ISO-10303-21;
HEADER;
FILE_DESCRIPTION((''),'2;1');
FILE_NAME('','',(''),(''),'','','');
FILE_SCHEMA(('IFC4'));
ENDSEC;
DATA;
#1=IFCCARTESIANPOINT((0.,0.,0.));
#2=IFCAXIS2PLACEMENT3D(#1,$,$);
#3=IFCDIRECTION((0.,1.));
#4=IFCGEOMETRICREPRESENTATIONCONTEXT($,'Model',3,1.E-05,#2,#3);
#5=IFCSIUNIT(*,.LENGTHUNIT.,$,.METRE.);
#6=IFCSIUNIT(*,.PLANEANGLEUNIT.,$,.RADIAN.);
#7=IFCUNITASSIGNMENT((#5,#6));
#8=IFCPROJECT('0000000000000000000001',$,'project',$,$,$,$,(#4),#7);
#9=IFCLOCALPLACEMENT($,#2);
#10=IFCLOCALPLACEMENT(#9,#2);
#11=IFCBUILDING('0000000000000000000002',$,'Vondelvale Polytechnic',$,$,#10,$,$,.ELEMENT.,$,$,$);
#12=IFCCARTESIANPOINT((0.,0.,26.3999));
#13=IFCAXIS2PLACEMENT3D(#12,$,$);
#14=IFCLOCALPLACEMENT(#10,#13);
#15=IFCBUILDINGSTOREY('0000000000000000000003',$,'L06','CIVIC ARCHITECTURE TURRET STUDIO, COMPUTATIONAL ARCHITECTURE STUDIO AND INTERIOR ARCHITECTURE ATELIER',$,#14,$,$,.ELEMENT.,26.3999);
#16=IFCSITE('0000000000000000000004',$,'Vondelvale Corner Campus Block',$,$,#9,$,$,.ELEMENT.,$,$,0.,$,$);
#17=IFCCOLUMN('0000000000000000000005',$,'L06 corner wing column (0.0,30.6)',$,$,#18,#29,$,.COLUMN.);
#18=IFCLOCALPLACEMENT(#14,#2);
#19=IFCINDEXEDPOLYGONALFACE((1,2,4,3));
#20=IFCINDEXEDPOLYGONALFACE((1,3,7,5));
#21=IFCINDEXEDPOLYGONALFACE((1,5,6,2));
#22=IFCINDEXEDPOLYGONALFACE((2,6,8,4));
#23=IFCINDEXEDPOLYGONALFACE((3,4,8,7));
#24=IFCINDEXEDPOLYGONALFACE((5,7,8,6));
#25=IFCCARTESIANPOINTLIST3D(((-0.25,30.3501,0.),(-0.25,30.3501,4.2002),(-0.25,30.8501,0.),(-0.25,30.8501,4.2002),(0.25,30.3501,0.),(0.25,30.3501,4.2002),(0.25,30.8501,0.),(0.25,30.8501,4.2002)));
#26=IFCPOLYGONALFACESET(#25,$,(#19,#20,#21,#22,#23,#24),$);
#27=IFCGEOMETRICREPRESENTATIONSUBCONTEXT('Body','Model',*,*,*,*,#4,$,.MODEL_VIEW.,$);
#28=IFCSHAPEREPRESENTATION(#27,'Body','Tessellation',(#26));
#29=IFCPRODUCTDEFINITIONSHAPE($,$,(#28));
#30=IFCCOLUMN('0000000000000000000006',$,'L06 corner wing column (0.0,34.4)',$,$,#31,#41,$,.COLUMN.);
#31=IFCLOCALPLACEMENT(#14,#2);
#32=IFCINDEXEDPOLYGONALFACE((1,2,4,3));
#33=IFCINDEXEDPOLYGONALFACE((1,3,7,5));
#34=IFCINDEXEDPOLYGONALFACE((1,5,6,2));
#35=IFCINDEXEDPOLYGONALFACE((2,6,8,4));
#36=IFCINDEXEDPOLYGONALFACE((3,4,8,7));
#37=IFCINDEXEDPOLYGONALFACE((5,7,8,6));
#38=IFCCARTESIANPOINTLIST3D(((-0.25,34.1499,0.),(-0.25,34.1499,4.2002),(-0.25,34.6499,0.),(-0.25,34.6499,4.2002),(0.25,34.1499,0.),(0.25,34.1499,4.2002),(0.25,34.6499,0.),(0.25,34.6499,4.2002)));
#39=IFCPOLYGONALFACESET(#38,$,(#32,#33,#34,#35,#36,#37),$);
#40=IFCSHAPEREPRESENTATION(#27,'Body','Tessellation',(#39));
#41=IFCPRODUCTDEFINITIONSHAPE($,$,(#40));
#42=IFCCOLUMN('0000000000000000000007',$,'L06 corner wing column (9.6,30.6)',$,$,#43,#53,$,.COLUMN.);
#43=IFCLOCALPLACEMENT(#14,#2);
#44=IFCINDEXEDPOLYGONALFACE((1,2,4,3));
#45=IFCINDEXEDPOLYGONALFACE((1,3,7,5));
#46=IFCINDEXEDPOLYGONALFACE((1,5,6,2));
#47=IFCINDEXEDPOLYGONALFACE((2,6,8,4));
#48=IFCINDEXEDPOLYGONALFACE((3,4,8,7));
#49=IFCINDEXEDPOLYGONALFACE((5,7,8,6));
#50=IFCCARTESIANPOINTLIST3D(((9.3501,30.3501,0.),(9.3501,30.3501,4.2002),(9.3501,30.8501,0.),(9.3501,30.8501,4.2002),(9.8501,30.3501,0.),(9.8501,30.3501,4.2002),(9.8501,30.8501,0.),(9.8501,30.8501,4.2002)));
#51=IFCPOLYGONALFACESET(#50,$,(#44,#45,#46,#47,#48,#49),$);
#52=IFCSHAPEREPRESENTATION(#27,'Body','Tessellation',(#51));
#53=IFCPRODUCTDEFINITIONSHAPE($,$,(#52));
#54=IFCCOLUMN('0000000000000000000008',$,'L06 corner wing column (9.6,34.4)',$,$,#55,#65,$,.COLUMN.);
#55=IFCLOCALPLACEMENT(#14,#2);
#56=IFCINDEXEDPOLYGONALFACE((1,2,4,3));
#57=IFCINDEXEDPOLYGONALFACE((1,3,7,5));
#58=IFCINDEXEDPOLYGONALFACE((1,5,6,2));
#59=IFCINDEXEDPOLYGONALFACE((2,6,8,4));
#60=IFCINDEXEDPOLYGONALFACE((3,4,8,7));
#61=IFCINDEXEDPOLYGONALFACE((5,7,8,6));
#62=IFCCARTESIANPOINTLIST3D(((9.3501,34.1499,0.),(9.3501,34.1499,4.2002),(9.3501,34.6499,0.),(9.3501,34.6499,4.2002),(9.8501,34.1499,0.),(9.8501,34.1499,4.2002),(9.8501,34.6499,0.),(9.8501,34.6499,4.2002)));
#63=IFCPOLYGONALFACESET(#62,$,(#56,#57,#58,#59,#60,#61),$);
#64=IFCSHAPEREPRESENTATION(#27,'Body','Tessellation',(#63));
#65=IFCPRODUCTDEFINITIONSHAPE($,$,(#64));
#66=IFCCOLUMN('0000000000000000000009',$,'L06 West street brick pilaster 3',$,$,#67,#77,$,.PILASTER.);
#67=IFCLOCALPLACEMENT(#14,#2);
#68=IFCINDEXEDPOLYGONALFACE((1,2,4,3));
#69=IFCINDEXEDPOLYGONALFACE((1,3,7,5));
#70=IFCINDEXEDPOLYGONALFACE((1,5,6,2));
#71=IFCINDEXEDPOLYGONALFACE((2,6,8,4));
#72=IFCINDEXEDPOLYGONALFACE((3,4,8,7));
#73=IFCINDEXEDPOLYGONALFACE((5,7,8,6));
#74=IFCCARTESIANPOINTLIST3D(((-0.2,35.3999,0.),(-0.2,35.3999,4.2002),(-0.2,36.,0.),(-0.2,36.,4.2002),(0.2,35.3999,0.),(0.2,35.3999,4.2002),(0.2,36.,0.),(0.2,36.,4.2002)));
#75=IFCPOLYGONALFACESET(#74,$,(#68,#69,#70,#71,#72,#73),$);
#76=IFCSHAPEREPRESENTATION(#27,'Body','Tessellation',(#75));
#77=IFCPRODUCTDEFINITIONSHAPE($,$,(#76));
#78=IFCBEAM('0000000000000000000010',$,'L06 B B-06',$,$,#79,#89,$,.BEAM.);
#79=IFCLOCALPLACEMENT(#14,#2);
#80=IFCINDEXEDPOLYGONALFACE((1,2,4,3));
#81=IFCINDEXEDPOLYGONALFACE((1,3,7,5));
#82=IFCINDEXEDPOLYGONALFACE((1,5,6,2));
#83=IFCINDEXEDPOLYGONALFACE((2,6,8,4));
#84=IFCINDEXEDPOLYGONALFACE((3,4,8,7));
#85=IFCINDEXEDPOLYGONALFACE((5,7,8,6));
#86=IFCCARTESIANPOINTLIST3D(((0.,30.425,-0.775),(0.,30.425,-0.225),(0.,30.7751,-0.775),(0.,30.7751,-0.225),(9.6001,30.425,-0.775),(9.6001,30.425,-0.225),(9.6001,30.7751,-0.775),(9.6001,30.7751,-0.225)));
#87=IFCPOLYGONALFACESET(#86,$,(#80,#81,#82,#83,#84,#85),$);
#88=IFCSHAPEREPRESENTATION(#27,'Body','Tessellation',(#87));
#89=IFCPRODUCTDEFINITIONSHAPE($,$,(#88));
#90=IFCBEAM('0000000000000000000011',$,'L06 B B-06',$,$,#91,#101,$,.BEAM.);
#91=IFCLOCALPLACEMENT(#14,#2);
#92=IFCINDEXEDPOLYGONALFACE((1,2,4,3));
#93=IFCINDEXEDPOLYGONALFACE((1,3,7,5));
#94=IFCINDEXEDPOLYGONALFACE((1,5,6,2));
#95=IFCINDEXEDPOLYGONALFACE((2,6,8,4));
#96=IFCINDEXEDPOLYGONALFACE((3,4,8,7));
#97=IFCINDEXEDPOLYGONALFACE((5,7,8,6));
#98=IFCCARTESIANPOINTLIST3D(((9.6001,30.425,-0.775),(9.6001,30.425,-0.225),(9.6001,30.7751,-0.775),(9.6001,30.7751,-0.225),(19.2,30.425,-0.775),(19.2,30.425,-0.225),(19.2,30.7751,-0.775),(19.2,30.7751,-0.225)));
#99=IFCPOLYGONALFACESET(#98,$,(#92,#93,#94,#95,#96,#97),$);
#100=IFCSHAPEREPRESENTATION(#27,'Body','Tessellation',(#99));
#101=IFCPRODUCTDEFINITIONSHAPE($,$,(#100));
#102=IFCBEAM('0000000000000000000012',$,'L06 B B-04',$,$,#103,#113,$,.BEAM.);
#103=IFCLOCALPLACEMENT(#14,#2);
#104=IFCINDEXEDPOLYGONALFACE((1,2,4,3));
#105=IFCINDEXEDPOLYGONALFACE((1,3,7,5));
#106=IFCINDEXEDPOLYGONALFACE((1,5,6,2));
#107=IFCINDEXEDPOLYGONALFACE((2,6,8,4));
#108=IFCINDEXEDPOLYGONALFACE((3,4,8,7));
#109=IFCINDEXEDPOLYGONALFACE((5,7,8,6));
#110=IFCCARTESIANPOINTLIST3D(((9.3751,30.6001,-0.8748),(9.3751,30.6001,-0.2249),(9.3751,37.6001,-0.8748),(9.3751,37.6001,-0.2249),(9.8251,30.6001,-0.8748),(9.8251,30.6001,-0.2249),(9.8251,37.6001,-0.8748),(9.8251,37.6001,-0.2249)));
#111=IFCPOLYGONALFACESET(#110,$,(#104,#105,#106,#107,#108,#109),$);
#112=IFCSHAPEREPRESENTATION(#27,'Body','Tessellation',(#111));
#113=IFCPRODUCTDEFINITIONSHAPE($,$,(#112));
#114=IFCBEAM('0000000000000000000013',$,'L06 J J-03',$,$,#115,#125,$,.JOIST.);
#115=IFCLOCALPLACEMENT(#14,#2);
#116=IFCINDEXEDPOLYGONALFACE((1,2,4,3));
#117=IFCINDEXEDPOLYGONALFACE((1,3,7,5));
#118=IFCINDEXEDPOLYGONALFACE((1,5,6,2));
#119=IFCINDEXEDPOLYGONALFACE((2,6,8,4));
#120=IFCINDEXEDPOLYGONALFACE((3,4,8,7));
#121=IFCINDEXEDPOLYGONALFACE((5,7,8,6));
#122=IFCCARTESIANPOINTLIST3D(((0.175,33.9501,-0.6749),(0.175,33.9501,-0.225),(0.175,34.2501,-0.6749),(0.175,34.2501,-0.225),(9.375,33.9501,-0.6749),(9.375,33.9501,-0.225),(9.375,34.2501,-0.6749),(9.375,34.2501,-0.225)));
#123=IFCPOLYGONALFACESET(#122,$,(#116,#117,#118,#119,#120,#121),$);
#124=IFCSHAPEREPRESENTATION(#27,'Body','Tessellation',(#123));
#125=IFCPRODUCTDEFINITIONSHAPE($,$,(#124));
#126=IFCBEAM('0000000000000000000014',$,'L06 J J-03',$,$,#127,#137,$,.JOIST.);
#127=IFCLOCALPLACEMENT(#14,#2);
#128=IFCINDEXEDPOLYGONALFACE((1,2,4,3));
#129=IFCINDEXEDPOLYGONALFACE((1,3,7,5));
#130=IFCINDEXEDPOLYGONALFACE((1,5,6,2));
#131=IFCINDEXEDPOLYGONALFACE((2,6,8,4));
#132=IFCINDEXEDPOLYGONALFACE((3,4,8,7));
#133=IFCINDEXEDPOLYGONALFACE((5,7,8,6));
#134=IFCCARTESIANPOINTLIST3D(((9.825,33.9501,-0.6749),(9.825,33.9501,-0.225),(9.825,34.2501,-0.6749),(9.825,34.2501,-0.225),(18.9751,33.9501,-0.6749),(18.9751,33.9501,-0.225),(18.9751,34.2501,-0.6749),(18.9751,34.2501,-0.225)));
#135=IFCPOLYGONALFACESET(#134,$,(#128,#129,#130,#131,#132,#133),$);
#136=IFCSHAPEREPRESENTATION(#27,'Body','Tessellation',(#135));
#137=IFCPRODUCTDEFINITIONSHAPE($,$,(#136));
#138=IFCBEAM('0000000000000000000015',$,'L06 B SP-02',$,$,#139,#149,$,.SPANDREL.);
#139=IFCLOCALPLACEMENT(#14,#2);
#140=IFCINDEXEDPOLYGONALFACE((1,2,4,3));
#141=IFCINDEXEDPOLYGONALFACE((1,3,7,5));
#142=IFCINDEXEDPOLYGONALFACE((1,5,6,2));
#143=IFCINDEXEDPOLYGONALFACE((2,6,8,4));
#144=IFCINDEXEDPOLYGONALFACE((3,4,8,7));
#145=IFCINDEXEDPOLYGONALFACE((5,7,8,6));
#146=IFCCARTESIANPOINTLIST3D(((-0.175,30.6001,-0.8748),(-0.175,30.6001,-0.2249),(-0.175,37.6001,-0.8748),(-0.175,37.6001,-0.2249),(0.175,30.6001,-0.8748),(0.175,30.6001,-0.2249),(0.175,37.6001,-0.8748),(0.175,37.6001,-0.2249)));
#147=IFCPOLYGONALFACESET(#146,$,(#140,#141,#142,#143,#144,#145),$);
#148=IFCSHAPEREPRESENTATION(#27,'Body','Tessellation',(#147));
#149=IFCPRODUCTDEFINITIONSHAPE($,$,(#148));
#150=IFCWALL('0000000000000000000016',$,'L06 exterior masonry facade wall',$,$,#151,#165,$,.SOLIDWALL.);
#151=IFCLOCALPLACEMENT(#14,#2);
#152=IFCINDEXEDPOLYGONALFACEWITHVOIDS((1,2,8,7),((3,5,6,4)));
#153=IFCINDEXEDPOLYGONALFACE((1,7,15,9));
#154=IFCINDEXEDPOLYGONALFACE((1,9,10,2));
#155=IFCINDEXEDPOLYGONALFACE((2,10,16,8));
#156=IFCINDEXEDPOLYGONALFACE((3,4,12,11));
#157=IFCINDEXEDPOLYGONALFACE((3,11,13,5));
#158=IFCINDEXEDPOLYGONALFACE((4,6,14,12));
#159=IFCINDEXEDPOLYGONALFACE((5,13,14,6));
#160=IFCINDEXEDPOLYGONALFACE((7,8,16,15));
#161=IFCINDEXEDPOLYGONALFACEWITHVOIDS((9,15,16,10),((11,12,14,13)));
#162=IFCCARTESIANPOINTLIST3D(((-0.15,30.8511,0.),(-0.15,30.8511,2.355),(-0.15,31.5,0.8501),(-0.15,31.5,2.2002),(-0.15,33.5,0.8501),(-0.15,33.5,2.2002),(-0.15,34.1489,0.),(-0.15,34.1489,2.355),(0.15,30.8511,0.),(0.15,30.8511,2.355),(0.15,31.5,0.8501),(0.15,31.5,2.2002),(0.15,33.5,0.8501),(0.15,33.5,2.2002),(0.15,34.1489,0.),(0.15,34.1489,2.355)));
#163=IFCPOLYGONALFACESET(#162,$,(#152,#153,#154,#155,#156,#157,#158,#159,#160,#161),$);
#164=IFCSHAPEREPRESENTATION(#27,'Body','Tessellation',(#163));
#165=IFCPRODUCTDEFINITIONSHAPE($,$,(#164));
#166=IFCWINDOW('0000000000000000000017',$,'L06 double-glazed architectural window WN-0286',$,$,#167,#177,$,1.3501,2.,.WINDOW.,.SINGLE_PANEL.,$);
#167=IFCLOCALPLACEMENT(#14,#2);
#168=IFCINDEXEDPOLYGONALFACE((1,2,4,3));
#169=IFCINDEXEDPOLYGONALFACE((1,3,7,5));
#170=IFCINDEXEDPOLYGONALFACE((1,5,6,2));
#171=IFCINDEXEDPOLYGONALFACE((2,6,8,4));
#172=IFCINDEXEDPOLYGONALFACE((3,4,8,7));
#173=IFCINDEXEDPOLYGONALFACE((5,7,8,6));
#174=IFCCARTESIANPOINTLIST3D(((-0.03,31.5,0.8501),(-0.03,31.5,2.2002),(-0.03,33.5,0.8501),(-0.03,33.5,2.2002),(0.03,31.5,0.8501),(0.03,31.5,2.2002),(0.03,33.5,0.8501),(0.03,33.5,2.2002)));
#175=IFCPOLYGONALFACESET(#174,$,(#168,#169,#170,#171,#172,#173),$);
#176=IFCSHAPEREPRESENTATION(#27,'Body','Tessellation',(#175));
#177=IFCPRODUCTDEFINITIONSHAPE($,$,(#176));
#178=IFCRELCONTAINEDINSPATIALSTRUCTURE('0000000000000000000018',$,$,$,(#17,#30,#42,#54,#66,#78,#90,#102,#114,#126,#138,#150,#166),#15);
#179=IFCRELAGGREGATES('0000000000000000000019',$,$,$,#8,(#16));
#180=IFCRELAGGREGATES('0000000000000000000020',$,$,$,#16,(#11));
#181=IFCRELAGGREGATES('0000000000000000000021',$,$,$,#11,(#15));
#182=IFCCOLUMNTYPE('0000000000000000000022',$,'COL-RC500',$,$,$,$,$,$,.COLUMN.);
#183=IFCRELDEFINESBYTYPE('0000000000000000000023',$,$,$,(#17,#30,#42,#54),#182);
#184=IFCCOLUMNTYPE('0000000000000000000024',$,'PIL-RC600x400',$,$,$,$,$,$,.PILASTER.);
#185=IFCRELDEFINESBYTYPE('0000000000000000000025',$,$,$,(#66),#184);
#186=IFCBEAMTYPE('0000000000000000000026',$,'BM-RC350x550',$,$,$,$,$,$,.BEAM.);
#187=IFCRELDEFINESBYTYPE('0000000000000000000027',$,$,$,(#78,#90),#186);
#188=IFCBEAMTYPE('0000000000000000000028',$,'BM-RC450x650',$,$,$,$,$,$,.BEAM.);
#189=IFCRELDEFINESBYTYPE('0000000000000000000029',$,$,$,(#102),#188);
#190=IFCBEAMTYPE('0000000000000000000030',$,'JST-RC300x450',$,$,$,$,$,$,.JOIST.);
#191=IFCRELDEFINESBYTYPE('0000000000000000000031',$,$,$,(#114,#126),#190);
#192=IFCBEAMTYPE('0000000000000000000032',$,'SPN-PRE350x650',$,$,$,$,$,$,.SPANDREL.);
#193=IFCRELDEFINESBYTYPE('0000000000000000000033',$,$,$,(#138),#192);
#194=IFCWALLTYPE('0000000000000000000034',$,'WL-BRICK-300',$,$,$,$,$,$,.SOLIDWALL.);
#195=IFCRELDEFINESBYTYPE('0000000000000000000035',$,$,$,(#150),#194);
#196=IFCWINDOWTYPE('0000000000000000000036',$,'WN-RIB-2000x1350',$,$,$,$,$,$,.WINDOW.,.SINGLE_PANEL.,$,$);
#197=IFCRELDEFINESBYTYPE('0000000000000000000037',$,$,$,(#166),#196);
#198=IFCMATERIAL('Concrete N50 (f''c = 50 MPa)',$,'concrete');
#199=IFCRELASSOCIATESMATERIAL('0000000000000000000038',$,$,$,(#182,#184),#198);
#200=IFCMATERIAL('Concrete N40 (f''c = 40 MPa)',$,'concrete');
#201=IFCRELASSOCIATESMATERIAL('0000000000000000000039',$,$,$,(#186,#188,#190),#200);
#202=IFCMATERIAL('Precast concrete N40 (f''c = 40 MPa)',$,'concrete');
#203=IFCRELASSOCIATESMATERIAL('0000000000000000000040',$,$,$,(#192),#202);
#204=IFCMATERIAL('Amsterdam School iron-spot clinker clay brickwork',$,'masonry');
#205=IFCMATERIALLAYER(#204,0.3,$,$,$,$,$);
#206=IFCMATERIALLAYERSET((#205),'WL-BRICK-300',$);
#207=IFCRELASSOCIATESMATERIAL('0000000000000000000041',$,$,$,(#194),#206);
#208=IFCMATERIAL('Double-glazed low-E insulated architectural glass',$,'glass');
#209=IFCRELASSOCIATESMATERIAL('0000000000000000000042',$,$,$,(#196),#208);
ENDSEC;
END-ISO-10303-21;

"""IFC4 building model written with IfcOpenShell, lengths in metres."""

from ifc_helpers import new_model, si_unit, direction, frame, frame_2d, origin, origin_2d, place, context, subcontext, project, spatial, rectangle, extrude, material, layer, layer_set, material_profile, profile_set, type_object, element, fill, save


model = new_model("IFC4")

# Units and contexts
model_context = context("Model", 3, precision=1e-05, world=origin(), true_north=direction((0.0, 1.0)))
body_context = subcontext(model_context, "Body", "Model", "MODEL_VIEW")
ifc_project = project(units=[si_unit("LENGTHUNIT", "METRE"), si_unit("PLANEANGLEUNIT", "RADIAN")], contexts=[model_context])

# Site, building, storey
site_placement = place(None, origin())
site = spatial("IfcSite", under=ifc_project, at=site_placement, Name="Vondelvale Corner Campus Block", CompositionType="ELEMENT", RefElevation=0.0)
building_placement = place(site_placement, origin())
building = spatial("IfcBuilding", under=site, at=building_placement, Name="Vondelvale Polytechnic", CompositionType="ELEMENT")
storey_placement = place(building_placement, frame((0.0, 0.0, 26.3999)))
storey = spatial("IfcBuildingStorey", under=building, at=storey_placement, Name="L06", Description="CIVIC ARCHITECTURE TURRET STUDIO, COMPUTATIONAL ARCHITECTURE STUDIO AND INTERIOR ARCHITECTURE ATELIER", CompositionType="ELEMENT", Elevation=26.3999)

# Columns
ifc_material_1 = material(Name="Concrete N50 (f'c = 50 MPa)", Category="concrete")
ifc_material_profile_1 = material_profile(ifc_material_1, rectangle(XDim=0.5, YDim=0.5, at=origin_2d()), Name="RC-COL-500x500")
ifc_profile_set_1 = profile_set([ifc_material_profile_1], Name="Concrete N50 (f'c = 50 MPa)")
column_type_1 = type_object("IfcColumnType", Name="COL-RC500", PredefinedType="COLUMN", material=ifc_profile_set_1)
for number, where, z_axis, x_axis, name in (
    (1, (0.0, 30.6001, 0.0), (0.0, 0.0, 1.0), (1.0, 0.0, 0.0), "L06 corner wing column (0.0,30.6)"),
    (2, (0.0, 34.3999, 0.0), (0.0, 0.0, 1.0), (1.0, 0.0, 0.0), "L06 corner wing column (0.0,34.4)"),
    (3, (9.6001, 30.6001, 0.0), (0.0, 0.0, 1.0), (1.0, 0.0, 0.0), "L06 corner wing column (9.6,30.6)"),
    (4, (9.6001, 34.3999, 0.0), (0.0, 0.0, 1.0), (1.0, 0.0, 0.0), "L06 corner wing column (9.6,34.4)"),
):
    element("IfcColumn", number, at=place(storey_placement, frame(where, z_axis=z_axis, x_axis=x_axis)), inside=storey, type_object=column_type_1, Name=name, PredefinedType="COLUMN", context=body_context, shape_type="SweptSolid", body=[
        extrude(rectangle(XDim=0.5, YDim=0.5, at=origin_2d()), origin(), (0.0, 0.0, 1.0), 4.2002),
    ])
ifc_material_profile_2 = material_profile(ifc_material_1, rectangle(XDim=0.3999, YDim=0.6001, at=origin_2d()), Name="RC-PIL-600x400")
ifc_profile_set_2 = profile_set([ifc_material_profile_2], Name="Concrete N50 (f'c = 50 MPa)")
column_type_2 = type_object("IfcColumnType", Name="PIL-RC600x400", PredefinedType="PILASTER", material=ifc_profile_set_2)
column_placement = place(storey_placement, frame((0.0, 35.7, 0.0), z_axis=(0.0, 0.0, 1.0), x_axis=(1.0, 0.0, 0.0)))
element("IfcColumn", 5, at=column_placement, inside=storey, type_object=column_type_2, Name="L06 West street brick pilaster 3", PredefinedType="PILASTER", context=body_context, shape_type="SweptSolid", body=[
    extrude(rectangle(XDim=0.3999, YDim=0.6001, at=origin_2d()), origin(), (0.0, 0.0, 1.0), 4.2002),
])

# Beams
ifc_material_2 = material(Name="Concrete N40 (f'c = 40 MPa)", Category="concrete")
ifc_material_profile_3 = material_profile(ifc_material_2, rectangle(XDim=0.3501, YDim=0.55, at=origin_2d()), Name="RC-BM-350x550")
ifc_profile_set_3 = profile_set([ifc_material_profile_3], Name="Concrete N40 (f'c = 40 MPa)")
beam_type_1 = type_object("IfcBeamType", Name="BM-RC350x550", PredefinedType="BEAM", material=ifc_profile_set_3)
beam_1_placement = place(storey_placement, frame((0.0, 30.6001, -0.5), z_axis=(1.0, 0.0, 0.0), x_axis=(0.0, 1.0, 0.0)))
element("IfcBeam", 6, at=beam_1_placement, inside=storey, type_object=beam_type_1, Name="L06 B B-06", PredefinedType="BEAM", context=body_context, shape_type="SweptSolid", body=[
    extrude(rectangle(XDim=0.3501, YDim=0.55, at=origin_2d()), origin(), (0.0, 0.0, 1.0), 9.6001),
])
beam_2_placement = place(storey_placement, frame((9.6001, 30.6001, -0.5), z_axis=(1.0, 0.0, 0.0), x_axis=(0.0, 1.0, 0.0)))
element("IfcBeam", 7, at=beam_2_placement, inside=storey, type_object=beam_type_1, Name="L06 B B-06", PredefinedType="BEAM", context=body_context, shape_type="SweptSolid", body=[
    extrude(rectangle(XDim=0.3501, YDim=0.55, at=origin_2d()), origin(), (0.0, 0.0, 1.0), 9.5999),
])
ifc_material_profile_4 = material_profile(ifc_material_2, rectangle(XDim=0.45, YDim=0.6499, at=origin_2d()), Name="RC-BM-450x650")
ifc_profile_set_4 = profile_set([ifc_material_profile_4], Name="Concrete N40 (f'c = 40 MPa)")
beam_type_2 = type_object("IfcBeamType", Name="BM-RC450x650", PredefinedType="BEAM", material=ifc_profile_set_4)
beam_3_placement = place(storey_placement, frame((9.6001, 30.6001, -0.5498), z_axis=(0.0, 1.0, 0.0), x_axis=(-1.0, 0.0, 0.0)))
element("IfcBeam", 8, at=beam_3_placement, inside=storey, type_object=beam_type_2, Name="L06 B B-04", PredefinedType="BEAM", context=body_context, shape_type="SweptSolid", body=[
    extrude(rectangle(XDim=0.45, YDim=0.6499, at=origin_2d()), origin(), (0.0, 0.0, 1.0), 7.0),
])
ifc_material_profile_5 = material_profile(ifc_material_2, rectangle(XDim=0.3, YDim=0.45, at=origin_2d()), Name="RC-JST-300x450")
ifc_profile_set_5 = profile_set([ifc_material_profile_5], Name="Concrete N40 (f'c = 40 MPa)")
beam_type_3 = type_object("IfcBeamType", Name="JST-RC300x450", PredefinedType="JOIST", material=ifc_profile_set_5)
beam_4_placement = place(storey_placement, frame((0.175, 34.1001, -0.45), z_axis=(1.0, 0.0, 0.0), x_axis=(0.0, 1.0, 0.0)))
element("IfcBeam", 9, at=beam_4_placement, inside=storey, type_object=beam_type_3, Name="L06 J J-03", PredefinedType="JOIST", context=body_context, shape_type="SweptSolid", body=[
    extrude(rectangle(XDim=0.3, YDim=0.45, at=origin_2d()), origin(), (0.0, 0.0, 1.0), 9.2),
])
beam_5_placement = place(storey_placement, frame((9.825, 34.1001, -0.45), z_axis=(1.0, 0.0, 0.0), x_axis=(0.0, 1.0, 0.0)))
element("IfcBeam", 10, at=beam_5_placement, inside=storey, type_object=beam_type_3, Name="L06 J J-03", PredefinedType="JOIST", context=body_context, shape_type="SweptSolid", body=[
    extrude(rectangle(XDim=0.3, YDim=0.45, at=origin_2d()), origin(), (0.0, 0.0, 1.0), 9.1501),
])
ifc_material_3 = material(Name="Precast concrete N40 (f'c = 40 MPa)", Category="concrete")
ifc_material_profile_6 = material_profile(ifc_material_3, rectangle(XDim=0.3501, YDim=0.6499, at=origin_2d()), Name="RC-SPN-350x650")
ifc_profile_set_6 = profile_set([ifc_material_profile_6], Name="Precast concrete N40 (f'c = 40 MPa)")
beam_type_4 = type_object("IfcBeamType", Name="SPN-PRE350x650", PredefinedType="SPANDREL", material=ifc_profile_set_6)
beam_6_placement = place(storey_placement, frame((0.0, 30.6001, -0.5498), z_axis=(0.0, 1.0, 0.0), x_axis=(-1.0, 0.0, 0.0)))
element("IfcBeam", 11, at=beam_6_placement, inside=storey, type_object=beam_type_4, Name="L06 B SP-02", PredefinedType="SPANDREL", context=body_context, shape_type="SweptSolid", body=[
    extrude(rectangle(XDim=0.3501, YDim=0.6499, at=origin_2d()), origin(), (0.0, 0.0, 1.0), 7.0),
])

# Wall, opening, window
ifc_material_4 = material(Name="Amsterdam School iron-spot clinker clay brickwork", Category="masonry")
ifc_layer_1 = layer(ifc_material_4, 0.3)
ifc_layer_set_1 = layer_set([ifc_layer_1], Name="WL-BRICK-300")
wall_type = type_object("IfcWallType", Name="WL-BRICK-300", PredefinedType="SOLIDWALL", material=ifc_layer_set_1)
wall_1_placement = place(storey_placement, frame((0.0, 30.8511, 0.0), z_axis=(0.0, 0.0, 1.0), x_axis=(0.0, 1.0, 0.0)))
wall_1 = element("IfcWall", 12, at=wall_1_placement, inside=storey, type_object=wall_type, Name="L06 exterior masonry facade wall", PredefinedType="SOLIDWALL", context=body_context, shape_type="SweptSolid", body=[
    extrude(rectangle(XDim=3.2979, YDim=0.3, at=frame_2d((1.6489, 0.0))), origin(), (0.0, 0.0, 1.0), 2.355),
])
opening_placement = place(wall_1_placement, frame((0.6489, 0.0, 0.8501)))
opening = element("IfcOpeningElement", 13, at=opening_placement, cuts=wall_1, PredefinedType="OPENING", context=body_context, shape_type="SweptSolid", body=[
    extrude(rectangle(XDim=2.0, YDim=1.3501, at=frame_2d((1.0, 0.675))), frame((0.0, 0.1599, 0.0), z_axis=(0.0, -1.0, 0.0), x_axis=(1.0, 0.0, 0.0)), (0.0, 0.0, 1.0), 0.3201),
])
ifc_material_5 = material(Name="Double-glazed low-E insulated architectural glass", Category="glass")
window_type = type_object("IfcWindowType", Name="WN-RIB-2000x1350", PartitioningType="SINGLE_PANEL", PredefinedType="WINDOW", material=ifc_material_5)
window_placement = place(opening_placement, origin())
window = element("IfcWindow", 14, at=window_placement, inside=storey, type_object=window_type, Name="L06 double-glazed architectural window WN-0286", OverallHeight=1.3501, OverallWidth=2.0, PartitioningType="SINGLE_PANEL", PredefinedType="WINDOW", context=body_context, shape_type="SweptSolid", body=[
    extrude(rectangle(XDim=2.0, YDim=1.3501, at=frame_2d((1.0, 0.675))), frame((0.0, 0.03, 0.0), z_axis=(0.0, -1.0, 0.0), x_axis=(1.0, 0.0, 0.0)), (0.0, 0.0, 1.0), 0.0601),
])
fill(opening, window)

save(model, "model.ifc")
